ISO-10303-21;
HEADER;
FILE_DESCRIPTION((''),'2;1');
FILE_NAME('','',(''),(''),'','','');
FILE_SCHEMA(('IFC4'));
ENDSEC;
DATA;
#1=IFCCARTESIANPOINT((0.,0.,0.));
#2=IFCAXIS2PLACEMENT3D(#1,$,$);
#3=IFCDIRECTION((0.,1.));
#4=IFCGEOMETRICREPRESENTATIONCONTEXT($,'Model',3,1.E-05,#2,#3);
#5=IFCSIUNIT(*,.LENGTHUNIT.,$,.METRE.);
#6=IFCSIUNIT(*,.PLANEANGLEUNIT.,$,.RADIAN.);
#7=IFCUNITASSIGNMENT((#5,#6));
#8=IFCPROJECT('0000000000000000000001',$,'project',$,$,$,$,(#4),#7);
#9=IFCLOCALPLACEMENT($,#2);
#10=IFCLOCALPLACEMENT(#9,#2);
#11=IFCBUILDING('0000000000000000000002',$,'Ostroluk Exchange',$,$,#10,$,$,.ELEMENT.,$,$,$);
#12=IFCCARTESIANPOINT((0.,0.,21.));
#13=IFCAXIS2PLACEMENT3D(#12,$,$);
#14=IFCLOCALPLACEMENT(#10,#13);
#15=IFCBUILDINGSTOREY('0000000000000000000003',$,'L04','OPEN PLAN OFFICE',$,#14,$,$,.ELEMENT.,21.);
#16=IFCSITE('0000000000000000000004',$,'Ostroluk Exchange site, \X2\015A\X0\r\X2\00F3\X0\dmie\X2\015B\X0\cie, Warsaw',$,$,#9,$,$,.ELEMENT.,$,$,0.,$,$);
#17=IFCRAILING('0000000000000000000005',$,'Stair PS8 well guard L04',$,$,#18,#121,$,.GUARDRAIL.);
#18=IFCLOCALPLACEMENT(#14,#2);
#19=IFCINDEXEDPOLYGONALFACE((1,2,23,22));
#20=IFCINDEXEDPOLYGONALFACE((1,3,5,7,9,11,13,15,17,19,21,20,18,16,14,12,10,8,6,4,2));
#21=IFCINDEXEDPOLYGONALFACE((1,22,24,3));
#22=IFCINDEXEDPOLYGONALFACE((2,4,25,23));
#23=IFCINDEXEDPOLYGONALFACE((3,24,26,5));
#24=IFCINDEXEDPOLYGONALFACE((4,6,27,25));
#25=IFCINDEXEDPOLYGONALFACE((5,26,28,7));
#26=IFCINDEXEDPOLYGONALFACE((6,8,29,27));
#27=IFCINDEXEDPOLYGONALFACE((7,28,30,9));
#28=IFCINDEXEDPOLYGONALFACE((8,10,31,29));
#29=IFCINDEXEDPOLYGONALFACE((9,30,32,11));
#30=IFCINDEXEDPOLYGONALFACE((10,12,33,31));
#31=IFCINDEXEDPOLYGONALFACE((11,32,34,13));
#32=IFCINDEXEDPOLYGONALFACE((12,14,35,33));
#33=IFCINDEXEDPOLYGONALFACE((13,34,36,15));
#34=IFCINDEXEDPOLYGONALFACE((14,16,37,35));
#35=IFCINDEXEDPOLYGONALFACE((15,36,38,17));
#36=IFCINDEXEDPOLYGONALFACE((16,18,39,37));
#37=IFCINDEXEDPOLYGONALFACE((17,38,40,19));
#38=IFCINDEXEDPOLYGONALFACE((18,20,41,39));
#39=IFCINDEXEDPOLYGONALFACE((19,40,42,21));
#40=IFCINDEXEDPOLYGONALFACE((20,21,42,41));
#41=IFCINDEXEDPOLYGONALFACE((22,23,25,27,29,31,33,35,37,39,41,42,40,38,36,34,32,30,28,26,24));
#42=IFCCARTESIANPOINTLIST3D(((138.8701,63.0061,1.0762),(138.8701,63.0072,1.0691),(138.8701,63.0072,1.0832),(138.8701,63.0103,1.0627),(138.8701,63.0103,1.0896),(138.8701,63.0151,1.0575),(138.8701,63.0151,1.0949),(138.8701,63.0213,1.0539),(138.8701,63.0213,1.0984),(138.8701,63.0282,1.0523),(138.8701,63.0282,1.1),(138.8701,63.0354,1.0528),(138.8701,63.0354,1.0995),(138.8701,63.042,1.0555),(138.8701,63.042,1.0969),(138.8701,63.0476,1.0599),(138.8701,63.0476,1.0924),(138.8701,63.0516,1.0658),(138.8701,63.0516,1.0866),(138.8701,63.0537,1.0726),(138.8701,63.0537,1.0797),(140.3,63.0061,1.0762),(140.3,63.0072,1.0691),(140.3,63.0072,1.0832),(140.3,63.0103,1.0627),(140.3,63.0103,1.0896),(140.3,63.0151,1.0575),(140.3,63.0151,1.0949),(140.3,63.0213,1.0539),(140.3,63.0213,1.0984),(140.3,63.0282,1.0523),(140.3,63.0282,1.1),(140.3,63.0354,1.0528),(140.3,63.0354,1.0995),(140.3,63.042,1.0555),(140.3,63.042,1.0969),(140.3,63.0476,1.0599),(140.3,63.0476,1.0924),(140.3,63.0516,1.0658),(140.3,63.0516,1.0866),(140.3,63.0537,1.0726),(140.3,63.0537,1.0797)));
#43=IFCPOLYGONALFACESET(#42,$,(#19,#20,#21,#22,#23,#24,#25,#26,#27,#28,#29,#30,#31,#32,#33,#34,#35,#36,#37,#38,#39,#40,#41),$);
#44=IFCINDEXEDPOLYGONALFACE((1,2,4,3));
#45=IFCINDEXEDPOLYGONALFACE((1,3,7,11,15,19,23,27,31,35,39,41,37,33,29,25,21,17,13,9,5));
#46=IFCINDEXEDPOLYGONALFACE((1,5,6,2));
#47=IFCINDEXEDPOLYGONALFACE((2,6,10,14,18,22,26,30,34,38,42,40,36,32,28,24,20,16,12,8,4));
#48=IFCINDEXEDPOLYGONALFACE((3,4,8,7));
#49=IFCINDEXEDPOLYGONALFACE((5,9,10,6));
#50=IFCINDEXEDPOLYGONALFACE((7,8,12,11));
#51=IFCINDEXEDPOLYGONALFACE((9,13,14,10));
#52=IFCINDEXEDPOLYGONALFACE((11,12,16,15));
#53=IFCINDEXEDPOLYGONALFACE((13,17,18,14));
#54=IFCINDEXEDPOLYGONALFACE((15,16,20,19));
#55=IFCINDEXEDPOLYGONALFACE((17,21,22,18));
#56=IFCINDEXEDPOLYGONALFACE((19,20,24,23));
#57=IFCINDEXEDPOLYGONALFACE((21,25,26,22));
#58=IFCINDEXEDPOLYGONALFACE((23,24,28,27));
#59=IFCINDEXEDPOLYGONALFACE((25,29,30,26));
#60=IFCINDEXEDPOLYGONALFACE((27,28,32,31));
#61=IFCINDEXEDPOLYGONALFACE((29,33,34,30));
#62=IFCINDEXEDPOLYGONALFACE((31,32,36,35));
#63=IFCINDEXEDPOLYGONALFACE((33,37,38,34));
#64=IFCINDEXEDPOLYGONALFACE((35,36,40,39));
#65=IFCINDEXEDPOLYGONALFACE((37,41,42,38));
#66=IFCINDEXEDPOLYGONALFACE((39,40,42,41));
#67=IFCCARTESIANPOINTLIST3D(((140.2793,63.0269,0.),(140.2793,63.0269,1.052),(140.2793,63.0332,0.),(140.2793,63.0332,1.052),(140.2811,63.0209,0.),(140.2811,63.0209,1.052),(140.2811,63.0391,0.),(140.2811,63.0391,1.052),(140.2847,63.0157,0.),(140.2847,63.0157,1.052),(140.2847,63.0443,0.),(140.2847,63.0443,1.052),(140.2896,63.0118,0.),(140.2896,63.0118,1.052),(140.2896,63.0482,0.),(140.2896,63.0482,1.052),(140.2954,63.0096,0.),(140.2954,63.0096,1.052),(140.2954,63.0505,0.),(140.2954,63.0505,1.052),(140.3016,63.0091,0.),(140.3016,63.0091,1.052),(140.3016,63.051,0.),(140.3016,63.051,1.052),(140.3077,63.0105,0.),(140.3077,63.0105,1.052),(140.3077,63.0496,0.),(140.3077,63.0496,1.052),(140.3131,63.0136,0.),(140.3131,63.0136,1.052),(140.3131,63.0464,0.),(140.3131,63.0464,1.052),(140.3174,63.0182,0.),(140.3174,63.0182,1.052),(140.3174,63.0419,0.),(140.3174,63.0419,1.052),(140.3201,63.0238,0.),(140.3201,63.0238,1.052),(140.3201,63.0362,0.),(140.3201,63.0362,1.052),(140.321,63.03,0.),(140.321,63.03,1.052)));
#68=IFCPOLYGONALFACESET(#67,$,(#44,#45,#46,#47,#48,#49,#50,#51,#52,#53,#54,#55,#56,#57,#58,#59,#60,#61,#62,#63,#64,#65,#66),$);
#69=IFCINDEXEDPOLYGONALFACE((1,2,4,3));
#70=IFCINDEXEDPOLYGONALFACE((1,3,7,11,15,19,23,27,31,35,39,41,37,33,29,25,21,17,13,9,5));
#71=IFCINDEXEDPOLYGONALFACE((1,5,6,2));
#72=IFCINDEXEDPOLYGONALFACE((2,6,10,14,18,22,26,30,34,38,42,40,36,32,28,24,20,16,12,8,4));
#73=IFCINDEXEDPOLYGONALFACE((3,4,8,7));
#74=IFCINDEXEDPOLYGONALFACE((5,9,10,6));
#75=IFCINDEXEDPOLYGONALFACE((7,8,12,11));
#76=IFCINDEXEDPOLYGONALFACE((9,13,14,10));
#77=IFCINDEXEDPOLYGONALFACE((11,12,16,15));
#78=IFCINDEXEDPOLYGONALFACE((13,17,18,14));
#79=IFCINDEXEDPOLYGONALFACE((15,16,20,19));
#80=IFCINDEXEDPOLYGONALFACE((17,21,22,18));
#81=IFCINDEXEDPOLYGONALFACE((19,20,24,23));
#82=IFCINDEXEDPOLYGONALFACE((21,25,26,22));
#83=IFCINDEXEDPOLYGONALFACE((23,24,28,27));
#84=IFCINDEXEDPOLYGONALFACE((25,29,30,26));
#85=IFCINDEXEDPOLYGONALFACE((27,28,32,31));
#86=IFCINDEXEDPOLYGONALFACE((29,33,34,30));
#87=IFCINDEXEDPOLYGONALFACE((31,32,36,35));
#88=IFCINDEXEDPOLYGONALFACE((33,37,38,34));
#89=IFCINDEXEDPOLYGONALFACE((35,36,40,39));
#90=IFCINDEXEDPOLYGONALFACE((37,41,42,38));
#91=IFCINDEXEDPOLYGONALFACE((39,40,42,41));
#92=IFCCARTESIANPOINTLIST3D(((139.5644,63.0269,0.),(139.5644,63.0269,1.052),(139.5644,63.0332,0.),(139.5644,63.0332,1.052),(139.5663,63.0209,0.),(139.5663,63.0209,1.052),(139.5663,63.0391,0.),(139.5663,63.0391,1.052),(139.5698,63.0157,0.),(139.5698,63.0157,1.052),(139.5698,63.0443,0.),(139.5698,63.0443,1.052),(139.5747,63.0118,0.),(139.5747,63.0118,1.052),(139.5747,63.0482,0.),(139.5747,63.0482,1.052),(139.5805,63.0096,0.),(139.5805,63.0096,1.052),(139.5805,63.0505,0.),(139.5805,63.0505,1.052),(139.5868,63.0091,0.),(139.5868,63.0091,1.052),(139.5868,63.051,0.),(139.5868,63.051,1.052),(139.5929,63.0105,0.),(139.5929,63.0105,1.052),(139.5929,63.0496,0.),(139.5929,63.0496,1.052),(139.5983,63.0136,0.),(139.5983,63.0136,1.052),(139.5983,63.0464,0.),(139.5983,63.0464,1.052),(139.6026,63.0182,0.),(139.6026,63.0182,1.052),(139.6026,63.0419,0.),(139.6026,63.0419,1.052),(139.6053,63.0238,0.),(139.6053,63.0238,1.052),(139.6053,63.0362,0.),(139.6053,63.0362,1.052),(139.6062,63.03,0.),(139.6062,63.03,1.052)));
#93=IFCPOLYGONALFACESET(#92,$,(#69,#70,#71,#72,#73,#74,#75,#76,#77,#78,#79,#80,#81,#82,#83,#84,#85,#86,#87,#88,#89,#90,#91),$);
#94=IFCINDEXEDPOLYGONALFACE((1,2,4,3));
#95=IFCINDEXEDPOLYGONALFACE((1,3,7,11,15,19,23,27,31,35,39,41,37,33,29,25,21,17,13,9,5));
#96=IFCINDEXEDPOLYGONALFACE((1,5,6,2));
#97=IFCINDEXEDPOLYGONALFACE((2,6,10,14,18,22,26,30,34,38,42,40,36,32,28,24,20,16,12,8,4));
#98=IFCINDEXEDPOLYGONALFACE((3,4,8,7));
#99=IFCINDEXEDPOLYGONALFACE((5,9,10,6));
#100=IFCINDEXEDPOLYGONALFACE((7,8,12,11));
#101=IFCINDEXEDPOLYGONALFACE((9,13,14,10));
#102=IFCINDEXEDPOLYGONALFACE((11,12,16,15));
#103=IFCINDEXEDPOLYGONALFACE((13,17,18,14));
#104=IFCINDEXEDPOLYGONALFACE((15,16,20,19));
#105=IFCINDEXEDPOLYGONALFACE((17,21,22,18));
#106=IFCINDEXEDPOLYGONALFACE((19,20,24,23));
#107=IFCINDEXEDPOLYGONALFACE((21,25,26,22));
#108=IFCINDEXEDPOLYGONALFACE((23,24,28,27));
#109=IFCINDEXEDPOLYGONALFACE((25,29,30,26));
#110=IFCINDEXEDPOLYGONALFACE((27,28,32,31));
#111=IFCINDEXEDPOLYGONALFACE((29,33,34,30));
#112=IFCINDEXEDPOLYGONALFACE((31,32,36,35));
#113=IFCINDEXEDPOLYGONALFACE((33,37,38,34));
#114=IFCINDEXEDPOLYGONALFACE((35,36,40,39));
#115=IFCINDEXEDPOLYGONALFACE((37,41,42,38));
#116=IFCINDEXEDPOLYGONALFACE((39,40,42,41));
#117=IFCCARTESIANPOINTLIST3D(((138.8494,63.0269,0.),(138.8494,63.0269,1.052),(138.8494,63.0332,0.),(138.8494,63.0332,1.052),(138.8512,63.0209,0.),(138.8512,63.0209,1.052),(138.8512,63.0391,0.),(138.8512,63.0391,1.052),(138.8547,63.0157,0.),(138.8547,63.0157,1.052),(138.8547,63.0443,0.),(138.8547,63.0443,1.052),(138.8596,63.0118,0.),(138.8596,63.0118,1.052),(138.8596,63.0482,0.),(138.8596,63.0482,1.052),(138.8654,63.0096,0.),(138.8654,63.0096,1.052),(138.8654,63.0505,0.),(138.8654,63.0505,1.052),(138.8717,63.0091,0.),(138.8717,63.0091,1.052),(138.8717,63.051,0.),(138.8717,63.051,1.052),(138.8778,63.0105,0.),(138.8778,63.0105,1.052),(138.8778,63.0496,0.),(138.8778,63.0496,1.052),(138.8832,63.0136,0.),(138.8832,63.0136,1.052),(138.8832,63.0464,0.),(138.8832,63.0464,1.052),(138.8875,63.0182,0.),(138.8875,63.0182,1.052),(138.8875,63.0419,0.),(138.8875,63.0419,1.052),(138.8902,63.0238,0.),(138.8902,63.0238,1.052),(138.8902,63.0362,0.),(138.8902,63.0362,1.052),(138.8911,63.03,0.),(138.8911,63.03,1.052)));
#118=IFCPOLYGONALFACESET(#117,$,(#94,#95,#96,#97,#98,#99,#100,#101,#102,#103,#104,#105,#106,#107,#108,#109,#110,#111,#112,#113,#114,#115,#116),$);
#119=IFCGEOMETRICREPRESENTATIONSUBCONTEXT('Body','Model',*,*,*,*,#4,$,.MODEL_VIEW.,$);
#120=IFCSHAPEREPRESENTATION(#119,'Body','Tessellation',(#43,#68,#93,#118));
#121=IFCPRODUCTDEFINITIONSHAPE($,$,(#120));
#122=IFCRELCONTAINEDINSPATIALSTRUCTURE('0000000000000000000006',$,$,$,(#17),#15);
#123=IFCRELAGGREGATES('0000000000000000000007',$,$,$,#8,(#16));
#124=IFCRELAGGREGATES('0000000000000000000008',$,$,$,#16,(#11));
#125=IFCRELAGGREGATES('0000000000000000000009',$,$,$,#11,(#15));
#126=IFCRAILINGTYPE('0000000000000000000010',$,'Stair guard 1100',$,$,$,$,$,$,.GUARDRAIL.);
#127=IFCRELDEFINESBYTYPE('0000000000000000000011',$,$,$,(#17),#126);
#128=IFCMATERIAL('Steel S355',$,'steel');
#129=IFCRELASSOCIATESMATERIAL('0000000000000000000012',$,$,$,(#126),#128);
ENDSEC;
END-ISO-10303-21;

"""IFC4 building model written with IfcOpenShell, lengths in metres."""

from ifc_helpers import new_model, si_unit, direction, frame, origin, origin_2d, place, context, subcontext, project, spatial, circle, extrude, material, type_object, element, save


model = new_model("IFC4")

# Units and contexts
model_context = context("Model", 3, precision=1e-05, world=origin(), true_north=direction((0.0, 1.0)))
body_context = subcontext(model_context, "Body", "Model", "MODEL_VIEW")
ifc_project = project(units=[si_unit("LENGTHUNIT", "METRE"), si_unit("PLANEANGLEUNIT", "RADIAN")], contexts=[model_context])

# Site, building, storey
site_placement = place(None, origin())
site = spatial("IfcSite", under=ifc_project, at=site_placement, Name="Ostroluk Exchange site, Śródmieście, Warsaw", CompositionType="ELEMENT", RefElevation=0.0)
building_placement = place(site_placement, origin())
building = spatial("IfcBuilding", under=site, at=building_placement, Name="Ostroluk Exchange", CompositionType="ELEMENT")
storey_placement = place(building_placement, frame((0.0, 0.0, 21.0)))
storey = spatial("IfcBuildingStorey", under=building, at=storey_placement, Name="L04", Description="OPEN PLAN OFFICE", CompositionType="ELEMENT", Elevation=21.0)

# Railing
ifc_material_1 = material(Name="Steel S355", Category="steel")
railing_type_1 = type_object("IfcRailingType", Name="Stair guard 1100", PredefinedType="GUARDRAIL", material=ifc_material_1)
railing_1_placement = place(storey_placement, frame((140.3, 63.03, 0.0)))
element("IfcRailing", 1, at=railing_1_placement, inside=storey, type_object=railing_type_1, Name="Stair PS8 well guard L04", PredefinedType="GUARDRAIL", context=body_context, shape_type="SweptSolid", body=[
    extrude(circle(Radius=0.0239, at=origin_2d()), frame((0.0, 0.0, 1.0762), z_axis=(-1.0, 0.0, 0.0), x_axis=(0.0, -1.0, 0.0)), (0.0, 0.0, 1.0), 1.4299),
    extrude(circle(Radius=0.021, at=origin_2d()), origin(), (0.0, 0.0, 1.0), 1.052),
    extrude(circle(Radius=0.021, at=origin_2d()), frame((-0.7148, 0.0, 0.0)), (0.0, 0.0, 1.0), 1.052),
    extrude(circle(Radius=0.021, at=origin_2d()), frame((-1.4299, 0.0, 0.0)), (0.0, 0.0, 1.0), 1.052),
])

save(model, "model.ifc")
